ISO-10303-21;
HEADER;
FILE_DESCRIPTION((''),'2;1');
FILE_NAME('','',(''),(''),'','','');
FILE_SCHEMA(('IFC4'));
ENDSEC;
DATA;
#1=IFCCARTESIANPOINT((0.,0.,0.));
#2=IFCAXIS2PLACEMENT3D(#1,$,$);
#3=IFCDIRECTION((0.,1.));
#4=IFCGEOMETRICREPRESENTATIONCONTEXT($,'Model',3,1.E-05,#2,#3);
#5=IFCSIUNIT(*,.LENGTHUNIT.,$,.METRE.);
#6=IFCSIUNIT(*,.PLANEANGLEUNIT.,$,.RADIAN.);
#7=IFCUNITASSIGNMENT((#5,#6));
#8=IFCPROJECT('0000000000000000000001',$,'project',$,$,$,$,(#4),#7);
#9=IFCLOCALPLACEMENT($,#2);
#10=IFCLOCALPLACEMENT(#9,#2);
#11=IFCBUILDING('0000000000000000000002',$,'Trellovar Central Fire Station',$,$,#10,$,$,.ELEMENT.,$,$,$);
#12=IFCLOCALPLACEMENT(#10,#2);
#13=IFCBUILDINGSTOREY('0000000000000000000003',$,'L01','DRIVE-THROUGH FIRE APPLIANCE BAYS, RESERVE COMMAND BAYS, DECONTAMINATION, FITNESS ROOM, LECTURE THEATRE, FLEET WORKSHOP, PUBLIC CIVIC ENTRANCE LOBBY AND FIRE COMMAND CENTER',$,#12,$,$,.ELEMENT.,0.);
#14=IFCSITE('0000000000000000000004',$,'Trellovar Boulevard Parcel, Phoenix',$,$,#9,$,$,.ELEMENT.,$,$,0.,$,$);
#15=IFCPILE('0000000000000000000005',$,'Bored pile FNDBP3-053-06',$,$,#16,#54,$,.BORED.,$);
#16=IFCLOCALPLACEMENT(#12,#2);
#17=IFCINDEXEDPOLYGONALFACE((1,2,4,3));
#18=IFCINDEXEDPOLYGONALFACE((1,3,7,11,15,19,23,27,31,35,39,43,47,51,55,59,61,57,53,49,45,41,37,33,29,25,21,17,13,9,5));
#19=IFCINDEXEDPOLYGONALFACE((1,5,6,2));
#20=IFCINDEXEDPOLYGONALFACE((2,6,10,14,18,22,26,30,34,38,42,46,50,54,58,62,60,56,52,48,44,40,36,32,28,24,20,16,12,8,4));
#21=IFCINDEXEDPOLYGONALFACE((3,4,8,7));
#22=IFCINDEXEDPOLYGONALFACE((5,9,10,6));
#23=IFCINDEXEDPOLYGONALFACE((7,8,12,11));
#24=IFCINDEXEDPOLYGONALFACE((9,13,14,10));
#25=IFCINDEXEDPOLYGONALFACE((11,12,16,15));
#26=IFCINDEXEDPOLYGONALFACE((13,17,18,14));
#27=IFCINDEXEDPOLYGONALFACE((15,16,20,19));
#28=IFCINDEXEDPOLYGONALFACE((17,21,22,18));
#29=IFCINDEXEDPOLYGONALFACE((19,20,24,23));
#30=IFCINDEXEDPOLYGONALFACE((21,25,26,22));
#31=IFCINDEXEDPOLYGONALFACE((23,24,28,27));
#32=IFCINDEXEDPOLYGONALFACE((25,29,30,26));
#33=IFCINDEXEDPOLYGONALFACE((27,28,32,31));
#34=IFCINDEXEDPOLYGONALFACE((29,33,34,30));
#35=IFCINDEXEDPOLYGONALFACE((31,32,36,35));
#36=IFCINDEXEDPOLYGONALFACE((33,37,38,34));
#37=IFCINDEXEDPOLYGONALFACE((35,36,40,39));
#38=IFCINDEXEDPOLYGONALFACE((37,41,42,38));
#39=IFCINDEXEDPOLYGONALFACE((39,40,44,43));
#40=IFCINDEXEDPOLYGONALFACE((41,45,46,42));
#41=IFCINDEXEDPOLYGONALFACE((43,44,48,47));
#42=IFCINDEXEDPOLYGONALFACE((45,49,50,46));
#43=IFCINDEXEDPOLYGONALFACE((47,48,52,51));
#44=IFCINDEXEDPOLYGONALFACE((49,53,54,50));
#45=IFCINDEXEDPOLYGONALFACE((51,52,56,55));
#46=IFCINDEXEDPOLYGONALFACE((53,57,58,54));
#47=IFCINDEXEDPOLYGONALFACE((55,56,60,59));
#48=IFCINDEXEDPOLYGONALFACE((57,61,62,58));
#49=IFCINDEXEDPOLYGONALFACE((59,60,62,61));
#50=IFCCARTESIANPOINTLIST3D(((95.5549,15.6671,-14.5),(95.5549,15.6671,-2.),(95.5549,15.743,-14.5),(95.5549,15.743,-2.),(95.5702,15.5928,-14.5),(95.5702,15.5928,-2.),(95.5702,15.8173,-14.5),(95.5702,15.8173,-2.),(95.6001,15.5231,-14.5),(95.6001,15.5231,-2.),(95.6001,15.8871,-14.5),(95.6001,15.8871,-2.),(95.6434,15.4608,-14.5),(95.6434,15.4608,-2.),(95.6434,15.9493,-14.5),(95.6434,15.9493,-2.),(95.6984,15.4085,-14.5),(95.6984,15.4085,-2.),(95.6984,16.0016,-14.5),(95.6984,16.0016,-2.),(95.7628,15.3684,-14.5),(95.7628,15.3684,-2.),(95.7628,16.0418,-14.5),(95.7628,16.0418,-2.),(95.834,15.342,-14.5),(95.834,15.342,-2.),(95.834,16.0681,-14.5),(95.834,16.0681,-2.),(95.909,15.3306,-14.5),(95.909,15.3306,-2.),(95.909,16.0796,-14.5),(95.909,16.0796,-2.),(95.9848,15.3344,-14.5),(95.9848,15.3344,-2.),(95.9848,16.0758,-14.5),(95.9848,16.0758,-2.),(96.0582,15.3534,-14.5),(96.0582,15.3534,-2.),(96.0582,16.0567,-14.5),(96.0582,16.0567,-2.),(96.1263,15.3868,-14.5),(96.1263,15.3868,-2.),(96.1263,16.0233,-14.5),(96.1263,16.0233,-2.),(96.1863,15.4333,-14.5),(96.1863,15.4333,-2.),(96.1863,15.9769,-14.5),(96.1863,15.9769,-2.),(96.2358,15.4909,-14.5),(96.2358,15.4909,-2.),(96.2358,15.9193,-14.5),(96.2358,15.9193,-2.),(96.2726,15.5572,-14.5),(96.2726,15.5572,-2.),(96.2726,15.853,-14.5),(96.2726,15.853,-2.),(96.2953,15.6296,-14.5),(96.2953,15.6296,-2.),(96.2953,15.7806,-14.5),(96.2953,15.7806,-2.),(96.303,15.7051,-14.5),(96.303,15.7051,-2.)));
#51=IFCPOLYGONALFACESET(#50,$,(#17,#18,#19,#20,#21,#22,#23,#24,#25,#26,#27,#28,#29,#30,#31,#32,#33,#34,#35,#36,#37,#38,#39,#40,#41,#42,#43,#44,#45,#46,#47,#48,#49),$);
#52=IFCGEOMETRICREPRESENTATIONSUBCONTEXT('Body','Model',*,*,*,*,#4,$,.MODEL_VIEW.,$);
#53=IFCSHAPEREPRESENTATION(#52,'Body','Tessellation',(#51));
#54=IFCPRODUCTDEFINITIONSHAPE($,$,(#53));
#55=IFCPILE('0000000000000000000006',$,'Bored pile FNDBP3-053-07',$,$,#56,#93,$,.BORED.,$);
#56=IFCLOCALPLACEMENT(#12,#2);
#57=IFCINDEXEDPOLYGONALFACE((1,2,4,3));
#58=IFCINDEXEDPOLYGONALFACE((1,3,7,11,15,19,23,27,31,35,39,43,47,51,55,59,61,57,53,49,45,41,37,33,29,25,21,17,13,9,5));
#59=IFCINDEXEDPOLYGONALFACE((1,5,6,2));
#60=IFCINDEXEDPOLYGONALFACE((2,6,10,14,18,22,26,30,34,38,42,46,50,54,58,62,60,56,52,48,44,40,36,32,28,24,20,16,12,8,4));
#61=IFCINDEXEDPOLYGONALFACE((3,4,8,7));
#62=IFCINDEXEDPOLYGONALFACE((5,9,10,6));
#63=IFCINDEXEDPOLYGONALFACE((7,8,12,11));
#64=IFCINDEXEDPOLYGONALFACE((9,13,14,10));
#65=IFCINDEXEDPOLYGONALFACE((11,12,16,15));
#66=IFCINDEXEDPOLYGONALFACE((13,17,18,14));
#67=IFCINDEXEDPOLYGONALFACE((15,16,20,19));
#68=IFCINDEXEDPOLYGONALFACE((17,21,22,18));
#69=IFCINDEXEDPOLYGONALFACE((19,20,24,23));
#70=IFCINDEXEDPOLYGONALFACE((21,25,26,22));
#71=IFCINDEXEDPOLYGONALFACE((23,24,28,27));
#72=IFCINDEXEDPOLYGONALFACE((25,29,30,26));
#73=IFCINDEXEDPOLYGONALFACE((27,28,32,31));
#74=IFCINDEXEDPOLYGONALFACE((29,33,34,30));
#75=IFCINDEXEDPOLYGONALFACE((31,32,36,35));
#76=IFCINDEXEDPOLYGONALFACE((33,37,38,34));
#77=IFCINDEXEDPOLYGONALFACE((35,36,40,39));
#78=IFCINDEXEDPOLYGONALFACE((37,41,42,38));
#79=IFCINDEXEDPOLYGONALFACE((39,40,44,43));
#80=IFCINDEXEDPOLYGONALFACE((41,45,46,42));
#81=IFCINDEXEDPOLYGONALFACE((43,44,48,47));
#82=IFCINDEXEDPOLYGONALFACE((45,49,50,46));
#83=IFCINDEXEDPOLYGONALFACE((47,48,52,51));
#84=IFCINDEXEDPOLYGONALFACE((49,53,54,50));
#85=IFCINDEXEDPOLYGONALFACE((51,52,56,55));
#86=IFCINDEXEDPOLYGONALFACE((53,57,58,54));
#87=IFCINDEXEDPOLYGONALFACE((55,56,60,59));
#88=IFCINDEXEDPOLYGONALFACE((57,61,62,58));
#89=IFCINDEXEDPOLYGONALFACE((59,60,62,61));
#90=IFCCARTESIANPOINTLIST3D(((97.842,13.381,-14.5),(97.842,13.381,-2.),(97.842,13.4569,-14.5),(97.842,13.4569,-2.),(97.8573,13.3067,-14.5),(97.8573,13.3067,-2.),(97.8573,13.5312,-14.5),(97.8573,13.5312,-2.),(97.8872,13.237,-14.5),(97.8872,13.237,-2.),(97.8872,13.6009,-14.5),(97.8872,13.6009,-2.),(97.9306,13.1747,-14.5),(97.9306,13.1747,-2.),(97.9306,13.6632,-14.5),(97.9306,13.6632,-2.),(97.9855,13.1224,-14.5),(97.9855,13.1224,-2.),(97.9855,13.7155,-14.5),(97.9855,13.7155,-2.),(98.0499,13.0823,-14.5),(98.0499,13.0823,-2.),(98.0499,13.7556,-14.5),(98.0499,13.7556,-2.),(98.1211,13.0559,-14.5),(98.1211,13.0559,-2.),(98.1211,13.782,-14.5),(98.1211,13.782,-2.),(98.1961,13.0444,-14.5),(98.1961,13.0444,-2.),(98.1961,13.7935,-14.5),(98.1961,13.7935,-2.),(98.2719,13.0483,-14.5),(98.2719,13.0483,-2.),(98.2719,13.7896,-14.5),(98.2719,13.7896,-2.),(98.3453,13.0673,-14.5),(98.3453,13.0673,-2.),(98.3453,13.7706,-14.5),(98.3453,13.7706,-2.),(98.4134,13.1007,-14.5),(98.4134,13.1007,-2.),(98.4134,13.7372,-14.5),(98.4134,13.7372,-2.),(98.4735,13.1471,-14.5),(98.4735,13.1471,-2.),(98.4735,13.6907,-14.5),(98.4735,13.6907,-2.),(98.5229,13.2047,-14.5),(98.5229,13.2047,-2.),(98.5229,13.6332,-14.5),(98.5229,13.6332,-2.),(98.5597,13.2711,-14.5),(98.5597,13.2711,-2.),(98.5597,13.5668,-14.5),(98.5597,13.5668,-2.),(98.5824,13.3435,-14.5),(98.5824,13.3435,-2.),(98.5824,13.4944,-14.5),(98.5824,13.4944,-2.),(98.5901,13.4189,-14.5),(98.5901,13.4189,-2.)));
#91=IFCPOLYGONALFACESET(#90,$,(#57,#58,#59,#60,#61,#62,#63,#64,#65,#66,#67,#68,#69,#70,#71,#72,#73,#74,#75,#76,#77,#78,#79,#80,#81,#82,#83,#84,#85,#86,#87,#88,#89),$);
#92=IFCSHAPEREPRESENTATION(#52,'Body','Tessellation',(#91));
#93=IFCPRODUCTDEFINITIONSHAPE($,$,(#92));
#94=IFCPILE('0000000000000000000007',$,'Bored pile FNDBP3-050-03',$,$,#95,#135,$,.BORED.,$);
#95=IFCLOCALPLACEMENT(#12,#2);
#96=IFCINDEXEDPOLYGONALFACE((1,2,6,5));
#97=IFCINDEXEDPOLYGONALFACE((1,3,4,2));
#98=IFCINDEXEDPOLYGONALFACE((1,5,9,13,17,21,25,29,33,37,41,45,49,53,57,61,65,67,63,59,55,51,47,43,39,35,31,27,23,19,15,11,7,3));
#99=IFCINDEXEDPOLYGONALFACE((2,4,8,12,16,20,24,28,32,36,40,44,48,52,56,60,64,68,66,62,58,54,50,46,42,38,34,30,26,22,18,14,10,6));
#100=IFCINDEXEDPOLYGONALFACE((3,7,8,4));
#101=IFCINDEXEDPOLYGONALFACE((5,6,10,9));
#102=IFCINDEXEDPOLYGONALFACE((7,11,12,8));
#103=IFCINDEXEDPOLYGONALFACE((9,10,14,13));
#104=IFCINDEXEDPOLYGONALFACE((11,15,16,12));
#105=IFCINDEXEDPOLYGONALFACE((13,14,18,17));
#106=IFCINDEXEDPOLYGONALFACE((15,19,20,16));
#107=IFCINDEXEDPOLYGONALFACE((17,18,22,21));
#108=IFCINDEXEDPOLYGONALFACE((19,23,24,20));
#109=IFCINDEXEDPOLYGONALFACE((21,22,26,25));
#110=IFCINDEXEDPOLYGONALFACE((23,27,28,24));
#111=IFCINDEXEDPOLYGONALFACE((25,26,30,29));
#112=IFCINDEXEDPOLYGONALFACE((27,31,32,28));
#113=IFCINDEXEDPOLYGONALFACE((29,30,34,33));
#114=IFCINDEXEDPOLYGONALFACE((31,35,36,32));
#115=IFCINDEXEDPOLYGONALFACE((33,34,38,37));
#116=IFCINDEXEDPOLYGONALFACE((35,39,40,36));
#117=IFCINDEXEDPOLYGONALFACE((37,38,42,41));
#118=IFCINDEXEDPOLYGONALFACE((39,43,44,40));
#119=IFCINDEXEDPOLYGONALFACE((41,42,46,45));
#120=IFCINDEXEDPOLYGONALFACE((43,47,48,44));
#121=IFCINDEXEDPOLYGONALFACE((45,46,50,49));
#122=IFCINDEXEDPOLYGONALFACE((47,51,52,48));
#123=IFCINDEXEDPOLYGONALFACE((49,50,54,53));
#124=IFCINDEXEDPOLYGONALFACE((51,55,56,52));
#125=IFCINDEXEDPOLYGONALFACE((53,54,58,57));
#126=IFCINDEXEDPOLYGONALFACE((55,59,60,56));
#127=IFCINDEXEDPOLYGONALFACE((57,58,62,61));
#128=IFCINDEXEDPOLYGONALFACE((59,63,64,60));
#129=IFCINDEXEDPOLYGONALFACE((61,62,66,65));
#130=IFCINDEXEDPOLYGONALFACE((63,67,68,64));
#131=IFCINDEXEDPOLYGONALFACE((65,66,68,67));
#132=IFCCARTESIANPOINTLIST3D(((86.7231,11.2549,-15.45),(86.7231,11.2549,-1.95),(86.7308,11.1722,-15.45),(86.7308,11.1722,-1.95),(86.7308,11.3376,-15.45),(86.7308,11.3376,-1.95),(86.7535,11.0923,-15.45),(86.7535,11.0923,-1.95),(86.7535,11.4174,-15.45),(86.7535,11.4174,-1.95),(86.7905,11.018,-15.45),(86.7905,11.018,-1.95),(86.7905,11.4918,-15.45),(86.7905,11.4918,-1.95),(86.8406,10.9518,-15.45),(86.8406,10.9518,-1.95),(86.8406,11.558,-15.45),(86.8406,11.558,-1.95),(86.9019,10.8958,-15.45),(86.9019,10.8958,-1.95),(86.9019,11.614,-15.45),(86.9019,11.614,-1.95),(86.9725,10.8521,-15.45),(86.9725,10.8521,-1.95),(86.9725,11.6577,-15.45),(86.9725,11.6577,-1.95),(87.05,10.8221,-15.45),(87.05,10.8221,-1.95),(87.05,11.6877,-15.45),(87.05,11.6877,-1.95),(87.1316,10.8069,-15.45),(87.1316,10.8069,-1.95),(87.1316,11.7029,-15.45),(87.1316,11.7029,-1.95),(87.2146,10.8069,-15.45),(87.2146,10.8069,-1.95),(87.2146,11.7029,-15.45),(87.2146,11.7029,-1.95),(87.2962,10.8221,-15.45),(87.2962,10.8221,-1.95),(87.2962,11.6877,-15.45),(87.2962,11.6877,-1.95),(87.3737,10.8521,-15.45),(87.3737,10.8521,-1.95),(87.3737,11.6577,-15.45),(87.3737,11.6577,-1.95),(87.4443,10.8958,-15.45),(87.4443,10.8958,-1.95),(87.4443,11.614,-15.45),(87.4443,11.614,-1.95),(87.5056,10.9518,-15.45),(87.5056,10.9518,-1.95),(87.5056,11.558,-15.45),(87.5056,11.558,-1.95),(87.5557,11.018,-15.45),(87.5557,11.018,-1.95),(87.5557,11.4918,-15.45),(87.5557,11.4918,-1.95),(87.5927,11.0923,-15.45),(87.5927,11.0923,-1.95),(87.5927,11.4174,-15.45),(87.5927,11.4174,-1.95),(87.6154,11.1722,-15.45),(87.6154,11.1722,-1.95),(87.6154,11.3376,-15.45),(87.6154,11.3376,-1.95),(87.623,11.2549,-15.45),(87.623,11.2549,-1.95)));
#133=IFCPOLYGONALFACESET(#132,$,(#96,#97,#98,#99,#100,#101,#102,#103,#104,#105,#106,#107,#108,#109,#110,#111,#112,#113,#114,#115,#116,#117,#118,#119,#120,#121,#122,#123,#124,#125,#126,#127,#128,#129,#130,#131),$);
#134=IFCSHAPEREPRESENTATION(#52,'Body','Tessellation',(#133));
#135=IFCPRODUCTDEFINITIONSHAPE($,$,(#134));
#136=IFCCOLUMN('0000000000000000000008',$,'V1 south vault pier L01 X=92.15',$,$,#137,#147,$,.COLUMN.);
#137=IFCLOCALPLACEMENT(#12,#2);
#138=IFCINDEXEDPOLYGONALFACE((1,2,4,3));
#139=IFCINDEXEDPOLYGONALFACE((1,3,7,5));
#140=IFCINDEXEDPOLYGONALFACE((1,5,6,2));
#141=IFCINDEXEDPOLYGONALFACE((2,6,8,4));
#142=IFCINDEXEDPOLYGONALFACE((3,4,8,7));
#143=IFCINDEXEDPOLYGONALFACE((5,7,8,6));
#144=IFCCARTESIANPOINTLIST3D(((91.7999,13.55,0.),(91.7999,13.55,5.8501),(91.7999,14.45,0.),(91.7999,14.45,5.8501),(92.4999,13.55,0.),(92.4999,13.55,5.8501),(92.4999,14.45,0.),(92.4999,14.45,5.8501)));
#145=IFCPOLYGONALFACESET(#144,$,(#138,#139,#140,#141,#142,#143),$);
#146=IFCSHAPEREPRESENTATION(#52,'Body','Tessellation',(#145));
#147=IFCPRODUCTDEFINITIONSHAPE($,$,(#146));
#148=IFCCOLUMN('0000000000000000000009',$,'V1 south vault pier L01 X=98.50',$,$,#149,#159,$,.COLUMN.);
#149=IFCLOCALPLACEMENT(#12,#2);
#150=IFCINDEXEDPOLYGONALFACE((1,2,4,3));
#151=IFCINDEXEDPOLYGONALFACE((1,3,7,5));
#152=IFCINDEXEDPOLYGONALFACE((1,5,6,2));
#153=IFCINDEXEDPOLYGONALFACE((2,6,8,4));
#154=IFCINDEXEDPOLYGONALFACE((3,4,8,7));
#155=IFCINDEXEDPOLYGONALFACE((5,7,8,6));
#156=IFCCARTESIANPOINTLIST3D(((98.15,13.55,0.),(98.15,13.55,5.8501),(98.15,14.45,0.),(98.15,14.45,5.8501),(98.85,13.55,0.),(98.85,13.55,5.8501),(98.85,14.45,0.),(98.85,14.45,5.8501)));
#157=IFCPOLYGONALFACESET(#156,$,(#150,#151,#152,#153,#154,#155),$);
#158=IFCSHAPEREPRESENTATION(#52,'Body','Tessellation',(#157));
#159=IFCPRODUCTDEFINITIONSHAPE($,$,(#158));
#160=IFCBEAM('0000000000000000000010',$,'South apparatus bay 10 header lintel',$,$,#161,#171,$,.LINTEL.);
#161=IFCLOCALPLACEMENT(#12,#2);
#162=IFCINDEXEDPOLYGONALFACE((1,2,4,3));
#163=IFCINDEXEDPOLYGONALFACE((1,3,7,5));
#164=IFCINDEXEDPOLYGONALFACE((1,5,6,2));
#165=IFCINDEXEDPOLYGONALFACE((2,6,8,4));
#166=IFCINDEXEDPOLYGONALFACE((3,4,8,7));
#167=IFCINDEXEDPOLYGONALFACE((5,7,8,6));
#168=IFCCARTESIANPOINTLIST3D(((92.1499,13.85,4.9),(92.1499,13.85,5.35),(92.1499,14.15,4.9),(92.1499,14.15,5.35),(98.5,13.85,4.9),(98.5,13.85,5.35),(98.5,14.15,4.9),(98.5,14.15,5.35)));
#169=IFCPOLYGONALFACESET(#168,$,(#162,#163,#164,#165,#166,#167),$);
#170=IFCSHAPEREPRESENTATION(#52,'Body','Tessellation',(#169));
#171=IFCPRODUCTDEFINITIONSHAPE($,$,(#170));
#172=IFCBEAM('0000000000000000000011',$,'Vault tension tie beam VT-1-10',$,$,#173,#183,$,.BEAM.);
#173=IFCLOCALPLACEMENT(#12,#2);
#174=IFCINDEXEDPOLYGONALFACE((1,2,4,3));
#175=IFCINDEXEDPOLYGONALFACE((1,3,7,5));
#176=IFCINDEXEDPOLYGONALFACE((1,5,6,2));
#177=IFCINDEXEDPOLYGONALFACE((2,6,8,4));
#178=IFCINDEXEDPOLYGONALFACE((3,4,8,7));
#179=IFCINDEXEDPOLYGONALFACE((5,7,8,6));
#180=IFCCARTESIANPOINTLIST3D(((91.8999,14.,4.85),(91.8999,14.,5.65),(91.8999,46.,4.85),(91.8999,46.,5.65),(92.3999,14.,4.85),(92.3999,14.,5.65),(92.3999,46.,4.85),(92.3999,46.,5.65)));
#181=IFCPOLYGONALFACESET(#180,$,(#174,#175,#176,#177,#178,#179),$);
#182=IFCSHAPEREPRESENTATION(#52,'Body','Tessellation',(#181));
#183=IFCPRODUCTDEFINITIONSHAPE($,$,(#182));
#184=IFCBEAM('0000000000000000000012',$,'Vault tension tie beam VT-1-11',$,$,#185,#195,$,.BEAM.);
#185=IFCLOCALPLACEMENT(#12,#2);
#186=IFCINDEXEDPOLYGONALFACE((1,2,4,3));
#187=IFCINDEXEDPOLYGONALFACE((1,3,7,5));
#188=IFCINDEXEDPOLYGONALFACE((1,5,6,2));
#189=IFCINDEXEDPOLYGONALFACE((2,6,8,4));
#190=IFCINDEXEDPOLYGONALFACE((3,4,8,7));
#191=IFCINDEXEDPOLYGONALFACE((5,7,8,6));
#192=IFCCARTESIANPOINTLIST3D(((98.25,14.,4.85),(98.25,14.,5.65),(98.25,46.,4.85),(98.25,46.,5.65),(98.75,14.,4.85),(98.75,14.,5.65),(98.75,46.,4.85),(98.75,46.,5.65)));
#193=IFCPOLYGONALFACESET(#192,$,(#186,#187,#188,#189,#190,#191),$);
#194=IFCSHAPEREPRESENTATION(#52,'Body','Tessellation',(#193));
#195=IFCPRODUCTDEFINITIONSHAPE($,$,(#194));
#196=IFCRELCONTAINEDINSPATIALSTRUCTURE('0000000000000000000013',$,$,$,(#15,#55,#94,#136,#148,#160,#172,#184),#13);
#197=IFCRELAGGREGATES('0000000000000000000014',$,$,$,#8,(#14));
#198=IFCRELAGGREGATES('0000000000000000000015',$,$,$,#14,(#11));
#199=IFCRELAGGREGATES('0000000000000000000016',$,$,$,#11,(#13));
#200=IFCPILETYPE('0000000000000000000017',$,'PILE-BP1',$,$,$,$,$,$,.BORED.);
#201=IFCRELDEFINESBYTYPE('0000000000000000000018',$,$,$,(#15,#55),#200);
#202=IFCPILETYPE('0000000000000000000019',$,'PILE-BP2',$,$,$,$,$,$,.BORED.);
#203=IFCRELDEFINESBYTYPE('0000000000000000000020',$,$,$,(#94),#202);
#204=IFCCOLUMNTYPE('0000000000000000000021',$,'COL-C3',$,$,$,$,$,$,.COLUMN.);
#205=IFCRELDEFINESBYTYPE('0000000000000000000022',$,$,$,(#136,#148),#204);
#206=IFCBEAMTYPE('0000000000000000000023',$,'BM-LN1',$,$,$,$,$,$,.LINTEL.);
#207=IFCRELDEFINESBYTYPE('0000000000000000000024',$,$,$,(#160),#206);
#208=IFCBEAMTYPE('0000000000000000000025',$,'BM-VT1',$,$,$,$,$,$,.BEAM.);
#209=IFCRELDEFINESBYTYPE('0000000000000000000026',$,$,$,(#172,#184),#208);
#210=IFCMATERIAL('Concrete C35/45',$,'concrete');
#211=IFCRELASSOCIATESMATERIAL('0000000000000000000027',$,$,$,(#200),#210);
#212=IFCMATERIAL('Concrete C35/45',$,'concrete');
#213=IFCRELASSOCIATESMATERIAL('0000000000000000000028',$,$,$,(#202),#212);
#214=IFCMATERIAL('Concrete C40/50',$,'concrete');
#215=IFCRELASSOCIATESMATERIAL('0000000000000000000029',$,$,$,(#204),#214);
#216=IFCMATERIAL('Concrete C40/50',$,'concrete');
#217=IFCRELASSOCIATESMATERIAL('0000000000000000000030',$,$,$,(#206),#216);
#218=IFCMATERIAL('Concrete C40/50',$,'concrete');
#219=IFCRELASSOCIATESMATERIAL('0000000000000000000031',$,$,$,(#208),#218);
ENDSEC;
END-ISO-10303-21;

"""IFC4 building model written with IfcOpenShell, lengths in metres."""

from ifc_helpers import new_model, si_unit, direction, frame, origin, origin_2d, place, context, subcontext, project, spatial, rectangle, circle, extrude, material, material_profile, profile_set, type_object, element, save


model = new_model("IFC4")

# Units and contexts
model_context = context("Model", 3, precision=1e-05, world=origin(), true_north=direction((0.0, 1.0)))
body_context = subcontext(model_context, "Body", "Model", "MODEL_VIEW")
ifc_project = project(units=[si_unit("LENGTHUNIT", "METRE"), si_unit("PLANEANGLEUNIT", "RADIAN")], contexts=[model_context])

# Site, building, storey
site_placement = place(None, origin())
site = spatial("IfcSite", under=ifc_project, at=site_placement, Name="Trellovar Boulevard Parcel, Phoenix", CompositionType="ELEMENT", RefElevation=0.0)
building_placement = place(site_placement, origin())
building = spatial("IfcBuilding", under=site, at=building_placement, Name="Trellovar Central Fire Station", CompositionType="ELEMENT")
storey_placement = place(building_placement, origin())
storey = spatial("IfcBuildingStorey", under=building, at=storey_placement, Name="L01", Description="DRIVE-THROUGH FIRE APPLIANCE BAYS, RESERVE COMMAND BAYS, DECONTAMINATION, FITNESS ROOM, LECTURE THEATRE, FLEET WORKSHOP, PUBLIC CIVIC ENTRANCE LOBBY AND FIRE COMMAND CENTER", CompositionType="ELEMENT", Elevation=0.0)

# Piles
ifc_material_1 = material(Name="Concrete C35/45", Category="concrete")
ifc_material_profile_1 = material_profile(ifc_material_1, circle(Radius=0.375, at=origin_2d()), Name="PILE750")
ifc_profile_set_1 = profile_set([ifc_material_profile_1], Name="Concrete C35/45")
pile_type_1 = type_object("IfcPileType", Name="PILE-BP1", PredefinedType="BORED", material=ifc_profile_set_1)
for number, where, z_axis, x_axis, name in (
    (1, (95.928, 15.7051, -2.0), (0.0, 0.0, -1.0), (1.0, 0.0, 0.0), "Bored pile FNDBP3-053-06"),
    (2, (98.2151, 13.4189, -2.0), (0.0, 0.0, -1.0), (1.0, 0.0, 0.0), "Bored pile FNDBP3-053-07"),
):
    element("IfcPile", number, at=place(storey_placement, frame(where, z_axis=z_axis, x_axis=x_axis)), inside=storey, type_object=pile_type_1, Name=name, PredefinedType="BORED", context=body_context, shape_type="SweptSolid", body=[
        extrude(circle(Radius=0.375, at=origin_2d()), origin(), (0.0, 0.0, 1.0), 12.5),
    ])
ifc_material_2 = material(Name="Concrete C35/45", Category="concrete")
ifc_material_profile_2 = material_profile(ifc_material_2, circle(Radius=0.45, at=origin_2d()), Name="PILE900")
ifc_profile_set_2 = profile_set([ifc_material_profile_2], Name="Concrete C35/45")
pile_type_2 = type_object("IfcPileType", Name="PILE-BP2", PredefinedType="BORED", material=ifc_profile_set_2)
pile_placement = place(storey_placement, frame((87.1731, 11.2549, -1.95), z_axis=(0.0, 0.0, -1.0), x_axis=(1.0, 0.0, 0.0)))
element("IfcPile", 3, at=pile_placement, inside=storey, type_object=pile_type_2, Name="Bored pile FNDBP3-050-03", PredefinedType="BORED", context=body_context, shape_type="SweptSolid", body=[
    extrude(circle(Radius=0.45, at=origin_2d()), origin(), (0.0, 0.0, 1.0), 13.5),
])

# Columns
ifc_material_3 = material(Name="Concrete C40/50", Category="concrete")
ifc_material_profile_3 = material_profile(ifc_material_3, rectangle(XDim=0.7, YDim=0.8999, at=origin_2d()), Name="RC700X900")
ifc_profile_set_3 = profile_set([ifc_material_profile_3], Name="Concrete C40/50")
column_type = type_object("IfcColumnType", Name="COL-C3", PredefinedType="COLUMN", material=ifc_profile_set_3)
for number, where, z_axis, x_axis, name in (
    (4, (92.1499, 14.0, 0.0), (0.0, 0.0, 1.0), (1.0, 0.0, 0.0), "V1 south vault pier L01 X=92.15"),
    (5, (98.5, 14.0, 0.0), (0.0, 0.0, 1.0), (1.0, 0.0, 0.0), "V1 south vault pier L01 X=98.50"),
):
    element("IfcColumn", number, at=place(storey_placement, frame(where, z_axis=z_axis, x_axis=x_axis)), inside=storey, type_object=column_type, Name=name, PredefinedType="COLUMN", context=body_context, shape_type="SweptSolid", body=[
        extrude(rectangle(XDim=0.7, YDim=0.8999, at=origin_2d()), origin(), (0.0, 0.0, 1.0), 5.8501),
    ])

# Beams
ifc_material_4 = material(Name="Concrete C40/50", Category="concrete")
ifc_material_profile_4 = material_profile(ifc_material_4, rectangle(XDim=0.3, YDim=0.45, at=origin_2d()), Name="RC300X450")
ifc_profile_set_4 = profile_set([ifc_material_profile_4], Name="Concrete C40/50")
beam_type_1 = type_object("IfcBeamType", Name="BM-LN1", PredefinedType="LINTEL", material=ifc_profile_set_4)
beam_placement = place(storey_placement, frame((92.1499, 14.0, 5.125), z_axis=(1.0, 0.0, 0.0), x_axis=(0.0, 1.0, 0.0)))
element("IfcBeam", 6, at=beam_placement, inside=storey, type_object=beam_type_1, Name="South apparatus bay 10 header lintel", PredefinedType="LINTEL", context=body_context, shape_type="SweptSolid", body=[
    extrude(rectangle(XDim=0.3, YDim=0.45, at=origin_2d()), origin(), (0.0, 0.0, 1.0), 6.3501),
])
ifc_material_5 = material(Name="Concrete C40/50", Category="concrete")
ifc_material_profile_5 = material_profile(ifc_material_5, rectangle(XDim=0.5, YDim=0.8, at=origin_2d()), Name="RC500X800")
ifc_profile_set_5 = profile_set([ifc_material_profile_5], Name="Concrete C40/50")
beam_type_2 = type_object("IfcBeamType", Name="BM-VT1", PredefinedType="BEAM", material=ifc_profile_set_5)
for number, where, z_axis, x_axis, name in (
    (7, (92.1499, 14.0, 5.25), (0.0, 1.0, 0.0), (-1.0, 0.0, 0.0), "Vault tension tie beam VT-1-10"),
    (8, (98.5, 14.0, 5.25), (0.0, 1.0, 0.0), (-1.0, 0.0, 0.0), "Vault tension tie beam VT-1-11"),
):
    element("IfcBeam", number, at=place(storey_placement, frame(where, z_axis=z_axis, x_axis=x_axis)), inside=storey, type_object=beam_type_2, Name=name, PredefinedType="BEAM", context=body_context, shape_type="SweptSolid", body=[
        extrude(rectangle(XDim=0.5, YDim=0.8, at=origin_2d()), origin(), (0.0, 0.0, 1.0), 32.0),
    ])

save(model, "model.ifc")
